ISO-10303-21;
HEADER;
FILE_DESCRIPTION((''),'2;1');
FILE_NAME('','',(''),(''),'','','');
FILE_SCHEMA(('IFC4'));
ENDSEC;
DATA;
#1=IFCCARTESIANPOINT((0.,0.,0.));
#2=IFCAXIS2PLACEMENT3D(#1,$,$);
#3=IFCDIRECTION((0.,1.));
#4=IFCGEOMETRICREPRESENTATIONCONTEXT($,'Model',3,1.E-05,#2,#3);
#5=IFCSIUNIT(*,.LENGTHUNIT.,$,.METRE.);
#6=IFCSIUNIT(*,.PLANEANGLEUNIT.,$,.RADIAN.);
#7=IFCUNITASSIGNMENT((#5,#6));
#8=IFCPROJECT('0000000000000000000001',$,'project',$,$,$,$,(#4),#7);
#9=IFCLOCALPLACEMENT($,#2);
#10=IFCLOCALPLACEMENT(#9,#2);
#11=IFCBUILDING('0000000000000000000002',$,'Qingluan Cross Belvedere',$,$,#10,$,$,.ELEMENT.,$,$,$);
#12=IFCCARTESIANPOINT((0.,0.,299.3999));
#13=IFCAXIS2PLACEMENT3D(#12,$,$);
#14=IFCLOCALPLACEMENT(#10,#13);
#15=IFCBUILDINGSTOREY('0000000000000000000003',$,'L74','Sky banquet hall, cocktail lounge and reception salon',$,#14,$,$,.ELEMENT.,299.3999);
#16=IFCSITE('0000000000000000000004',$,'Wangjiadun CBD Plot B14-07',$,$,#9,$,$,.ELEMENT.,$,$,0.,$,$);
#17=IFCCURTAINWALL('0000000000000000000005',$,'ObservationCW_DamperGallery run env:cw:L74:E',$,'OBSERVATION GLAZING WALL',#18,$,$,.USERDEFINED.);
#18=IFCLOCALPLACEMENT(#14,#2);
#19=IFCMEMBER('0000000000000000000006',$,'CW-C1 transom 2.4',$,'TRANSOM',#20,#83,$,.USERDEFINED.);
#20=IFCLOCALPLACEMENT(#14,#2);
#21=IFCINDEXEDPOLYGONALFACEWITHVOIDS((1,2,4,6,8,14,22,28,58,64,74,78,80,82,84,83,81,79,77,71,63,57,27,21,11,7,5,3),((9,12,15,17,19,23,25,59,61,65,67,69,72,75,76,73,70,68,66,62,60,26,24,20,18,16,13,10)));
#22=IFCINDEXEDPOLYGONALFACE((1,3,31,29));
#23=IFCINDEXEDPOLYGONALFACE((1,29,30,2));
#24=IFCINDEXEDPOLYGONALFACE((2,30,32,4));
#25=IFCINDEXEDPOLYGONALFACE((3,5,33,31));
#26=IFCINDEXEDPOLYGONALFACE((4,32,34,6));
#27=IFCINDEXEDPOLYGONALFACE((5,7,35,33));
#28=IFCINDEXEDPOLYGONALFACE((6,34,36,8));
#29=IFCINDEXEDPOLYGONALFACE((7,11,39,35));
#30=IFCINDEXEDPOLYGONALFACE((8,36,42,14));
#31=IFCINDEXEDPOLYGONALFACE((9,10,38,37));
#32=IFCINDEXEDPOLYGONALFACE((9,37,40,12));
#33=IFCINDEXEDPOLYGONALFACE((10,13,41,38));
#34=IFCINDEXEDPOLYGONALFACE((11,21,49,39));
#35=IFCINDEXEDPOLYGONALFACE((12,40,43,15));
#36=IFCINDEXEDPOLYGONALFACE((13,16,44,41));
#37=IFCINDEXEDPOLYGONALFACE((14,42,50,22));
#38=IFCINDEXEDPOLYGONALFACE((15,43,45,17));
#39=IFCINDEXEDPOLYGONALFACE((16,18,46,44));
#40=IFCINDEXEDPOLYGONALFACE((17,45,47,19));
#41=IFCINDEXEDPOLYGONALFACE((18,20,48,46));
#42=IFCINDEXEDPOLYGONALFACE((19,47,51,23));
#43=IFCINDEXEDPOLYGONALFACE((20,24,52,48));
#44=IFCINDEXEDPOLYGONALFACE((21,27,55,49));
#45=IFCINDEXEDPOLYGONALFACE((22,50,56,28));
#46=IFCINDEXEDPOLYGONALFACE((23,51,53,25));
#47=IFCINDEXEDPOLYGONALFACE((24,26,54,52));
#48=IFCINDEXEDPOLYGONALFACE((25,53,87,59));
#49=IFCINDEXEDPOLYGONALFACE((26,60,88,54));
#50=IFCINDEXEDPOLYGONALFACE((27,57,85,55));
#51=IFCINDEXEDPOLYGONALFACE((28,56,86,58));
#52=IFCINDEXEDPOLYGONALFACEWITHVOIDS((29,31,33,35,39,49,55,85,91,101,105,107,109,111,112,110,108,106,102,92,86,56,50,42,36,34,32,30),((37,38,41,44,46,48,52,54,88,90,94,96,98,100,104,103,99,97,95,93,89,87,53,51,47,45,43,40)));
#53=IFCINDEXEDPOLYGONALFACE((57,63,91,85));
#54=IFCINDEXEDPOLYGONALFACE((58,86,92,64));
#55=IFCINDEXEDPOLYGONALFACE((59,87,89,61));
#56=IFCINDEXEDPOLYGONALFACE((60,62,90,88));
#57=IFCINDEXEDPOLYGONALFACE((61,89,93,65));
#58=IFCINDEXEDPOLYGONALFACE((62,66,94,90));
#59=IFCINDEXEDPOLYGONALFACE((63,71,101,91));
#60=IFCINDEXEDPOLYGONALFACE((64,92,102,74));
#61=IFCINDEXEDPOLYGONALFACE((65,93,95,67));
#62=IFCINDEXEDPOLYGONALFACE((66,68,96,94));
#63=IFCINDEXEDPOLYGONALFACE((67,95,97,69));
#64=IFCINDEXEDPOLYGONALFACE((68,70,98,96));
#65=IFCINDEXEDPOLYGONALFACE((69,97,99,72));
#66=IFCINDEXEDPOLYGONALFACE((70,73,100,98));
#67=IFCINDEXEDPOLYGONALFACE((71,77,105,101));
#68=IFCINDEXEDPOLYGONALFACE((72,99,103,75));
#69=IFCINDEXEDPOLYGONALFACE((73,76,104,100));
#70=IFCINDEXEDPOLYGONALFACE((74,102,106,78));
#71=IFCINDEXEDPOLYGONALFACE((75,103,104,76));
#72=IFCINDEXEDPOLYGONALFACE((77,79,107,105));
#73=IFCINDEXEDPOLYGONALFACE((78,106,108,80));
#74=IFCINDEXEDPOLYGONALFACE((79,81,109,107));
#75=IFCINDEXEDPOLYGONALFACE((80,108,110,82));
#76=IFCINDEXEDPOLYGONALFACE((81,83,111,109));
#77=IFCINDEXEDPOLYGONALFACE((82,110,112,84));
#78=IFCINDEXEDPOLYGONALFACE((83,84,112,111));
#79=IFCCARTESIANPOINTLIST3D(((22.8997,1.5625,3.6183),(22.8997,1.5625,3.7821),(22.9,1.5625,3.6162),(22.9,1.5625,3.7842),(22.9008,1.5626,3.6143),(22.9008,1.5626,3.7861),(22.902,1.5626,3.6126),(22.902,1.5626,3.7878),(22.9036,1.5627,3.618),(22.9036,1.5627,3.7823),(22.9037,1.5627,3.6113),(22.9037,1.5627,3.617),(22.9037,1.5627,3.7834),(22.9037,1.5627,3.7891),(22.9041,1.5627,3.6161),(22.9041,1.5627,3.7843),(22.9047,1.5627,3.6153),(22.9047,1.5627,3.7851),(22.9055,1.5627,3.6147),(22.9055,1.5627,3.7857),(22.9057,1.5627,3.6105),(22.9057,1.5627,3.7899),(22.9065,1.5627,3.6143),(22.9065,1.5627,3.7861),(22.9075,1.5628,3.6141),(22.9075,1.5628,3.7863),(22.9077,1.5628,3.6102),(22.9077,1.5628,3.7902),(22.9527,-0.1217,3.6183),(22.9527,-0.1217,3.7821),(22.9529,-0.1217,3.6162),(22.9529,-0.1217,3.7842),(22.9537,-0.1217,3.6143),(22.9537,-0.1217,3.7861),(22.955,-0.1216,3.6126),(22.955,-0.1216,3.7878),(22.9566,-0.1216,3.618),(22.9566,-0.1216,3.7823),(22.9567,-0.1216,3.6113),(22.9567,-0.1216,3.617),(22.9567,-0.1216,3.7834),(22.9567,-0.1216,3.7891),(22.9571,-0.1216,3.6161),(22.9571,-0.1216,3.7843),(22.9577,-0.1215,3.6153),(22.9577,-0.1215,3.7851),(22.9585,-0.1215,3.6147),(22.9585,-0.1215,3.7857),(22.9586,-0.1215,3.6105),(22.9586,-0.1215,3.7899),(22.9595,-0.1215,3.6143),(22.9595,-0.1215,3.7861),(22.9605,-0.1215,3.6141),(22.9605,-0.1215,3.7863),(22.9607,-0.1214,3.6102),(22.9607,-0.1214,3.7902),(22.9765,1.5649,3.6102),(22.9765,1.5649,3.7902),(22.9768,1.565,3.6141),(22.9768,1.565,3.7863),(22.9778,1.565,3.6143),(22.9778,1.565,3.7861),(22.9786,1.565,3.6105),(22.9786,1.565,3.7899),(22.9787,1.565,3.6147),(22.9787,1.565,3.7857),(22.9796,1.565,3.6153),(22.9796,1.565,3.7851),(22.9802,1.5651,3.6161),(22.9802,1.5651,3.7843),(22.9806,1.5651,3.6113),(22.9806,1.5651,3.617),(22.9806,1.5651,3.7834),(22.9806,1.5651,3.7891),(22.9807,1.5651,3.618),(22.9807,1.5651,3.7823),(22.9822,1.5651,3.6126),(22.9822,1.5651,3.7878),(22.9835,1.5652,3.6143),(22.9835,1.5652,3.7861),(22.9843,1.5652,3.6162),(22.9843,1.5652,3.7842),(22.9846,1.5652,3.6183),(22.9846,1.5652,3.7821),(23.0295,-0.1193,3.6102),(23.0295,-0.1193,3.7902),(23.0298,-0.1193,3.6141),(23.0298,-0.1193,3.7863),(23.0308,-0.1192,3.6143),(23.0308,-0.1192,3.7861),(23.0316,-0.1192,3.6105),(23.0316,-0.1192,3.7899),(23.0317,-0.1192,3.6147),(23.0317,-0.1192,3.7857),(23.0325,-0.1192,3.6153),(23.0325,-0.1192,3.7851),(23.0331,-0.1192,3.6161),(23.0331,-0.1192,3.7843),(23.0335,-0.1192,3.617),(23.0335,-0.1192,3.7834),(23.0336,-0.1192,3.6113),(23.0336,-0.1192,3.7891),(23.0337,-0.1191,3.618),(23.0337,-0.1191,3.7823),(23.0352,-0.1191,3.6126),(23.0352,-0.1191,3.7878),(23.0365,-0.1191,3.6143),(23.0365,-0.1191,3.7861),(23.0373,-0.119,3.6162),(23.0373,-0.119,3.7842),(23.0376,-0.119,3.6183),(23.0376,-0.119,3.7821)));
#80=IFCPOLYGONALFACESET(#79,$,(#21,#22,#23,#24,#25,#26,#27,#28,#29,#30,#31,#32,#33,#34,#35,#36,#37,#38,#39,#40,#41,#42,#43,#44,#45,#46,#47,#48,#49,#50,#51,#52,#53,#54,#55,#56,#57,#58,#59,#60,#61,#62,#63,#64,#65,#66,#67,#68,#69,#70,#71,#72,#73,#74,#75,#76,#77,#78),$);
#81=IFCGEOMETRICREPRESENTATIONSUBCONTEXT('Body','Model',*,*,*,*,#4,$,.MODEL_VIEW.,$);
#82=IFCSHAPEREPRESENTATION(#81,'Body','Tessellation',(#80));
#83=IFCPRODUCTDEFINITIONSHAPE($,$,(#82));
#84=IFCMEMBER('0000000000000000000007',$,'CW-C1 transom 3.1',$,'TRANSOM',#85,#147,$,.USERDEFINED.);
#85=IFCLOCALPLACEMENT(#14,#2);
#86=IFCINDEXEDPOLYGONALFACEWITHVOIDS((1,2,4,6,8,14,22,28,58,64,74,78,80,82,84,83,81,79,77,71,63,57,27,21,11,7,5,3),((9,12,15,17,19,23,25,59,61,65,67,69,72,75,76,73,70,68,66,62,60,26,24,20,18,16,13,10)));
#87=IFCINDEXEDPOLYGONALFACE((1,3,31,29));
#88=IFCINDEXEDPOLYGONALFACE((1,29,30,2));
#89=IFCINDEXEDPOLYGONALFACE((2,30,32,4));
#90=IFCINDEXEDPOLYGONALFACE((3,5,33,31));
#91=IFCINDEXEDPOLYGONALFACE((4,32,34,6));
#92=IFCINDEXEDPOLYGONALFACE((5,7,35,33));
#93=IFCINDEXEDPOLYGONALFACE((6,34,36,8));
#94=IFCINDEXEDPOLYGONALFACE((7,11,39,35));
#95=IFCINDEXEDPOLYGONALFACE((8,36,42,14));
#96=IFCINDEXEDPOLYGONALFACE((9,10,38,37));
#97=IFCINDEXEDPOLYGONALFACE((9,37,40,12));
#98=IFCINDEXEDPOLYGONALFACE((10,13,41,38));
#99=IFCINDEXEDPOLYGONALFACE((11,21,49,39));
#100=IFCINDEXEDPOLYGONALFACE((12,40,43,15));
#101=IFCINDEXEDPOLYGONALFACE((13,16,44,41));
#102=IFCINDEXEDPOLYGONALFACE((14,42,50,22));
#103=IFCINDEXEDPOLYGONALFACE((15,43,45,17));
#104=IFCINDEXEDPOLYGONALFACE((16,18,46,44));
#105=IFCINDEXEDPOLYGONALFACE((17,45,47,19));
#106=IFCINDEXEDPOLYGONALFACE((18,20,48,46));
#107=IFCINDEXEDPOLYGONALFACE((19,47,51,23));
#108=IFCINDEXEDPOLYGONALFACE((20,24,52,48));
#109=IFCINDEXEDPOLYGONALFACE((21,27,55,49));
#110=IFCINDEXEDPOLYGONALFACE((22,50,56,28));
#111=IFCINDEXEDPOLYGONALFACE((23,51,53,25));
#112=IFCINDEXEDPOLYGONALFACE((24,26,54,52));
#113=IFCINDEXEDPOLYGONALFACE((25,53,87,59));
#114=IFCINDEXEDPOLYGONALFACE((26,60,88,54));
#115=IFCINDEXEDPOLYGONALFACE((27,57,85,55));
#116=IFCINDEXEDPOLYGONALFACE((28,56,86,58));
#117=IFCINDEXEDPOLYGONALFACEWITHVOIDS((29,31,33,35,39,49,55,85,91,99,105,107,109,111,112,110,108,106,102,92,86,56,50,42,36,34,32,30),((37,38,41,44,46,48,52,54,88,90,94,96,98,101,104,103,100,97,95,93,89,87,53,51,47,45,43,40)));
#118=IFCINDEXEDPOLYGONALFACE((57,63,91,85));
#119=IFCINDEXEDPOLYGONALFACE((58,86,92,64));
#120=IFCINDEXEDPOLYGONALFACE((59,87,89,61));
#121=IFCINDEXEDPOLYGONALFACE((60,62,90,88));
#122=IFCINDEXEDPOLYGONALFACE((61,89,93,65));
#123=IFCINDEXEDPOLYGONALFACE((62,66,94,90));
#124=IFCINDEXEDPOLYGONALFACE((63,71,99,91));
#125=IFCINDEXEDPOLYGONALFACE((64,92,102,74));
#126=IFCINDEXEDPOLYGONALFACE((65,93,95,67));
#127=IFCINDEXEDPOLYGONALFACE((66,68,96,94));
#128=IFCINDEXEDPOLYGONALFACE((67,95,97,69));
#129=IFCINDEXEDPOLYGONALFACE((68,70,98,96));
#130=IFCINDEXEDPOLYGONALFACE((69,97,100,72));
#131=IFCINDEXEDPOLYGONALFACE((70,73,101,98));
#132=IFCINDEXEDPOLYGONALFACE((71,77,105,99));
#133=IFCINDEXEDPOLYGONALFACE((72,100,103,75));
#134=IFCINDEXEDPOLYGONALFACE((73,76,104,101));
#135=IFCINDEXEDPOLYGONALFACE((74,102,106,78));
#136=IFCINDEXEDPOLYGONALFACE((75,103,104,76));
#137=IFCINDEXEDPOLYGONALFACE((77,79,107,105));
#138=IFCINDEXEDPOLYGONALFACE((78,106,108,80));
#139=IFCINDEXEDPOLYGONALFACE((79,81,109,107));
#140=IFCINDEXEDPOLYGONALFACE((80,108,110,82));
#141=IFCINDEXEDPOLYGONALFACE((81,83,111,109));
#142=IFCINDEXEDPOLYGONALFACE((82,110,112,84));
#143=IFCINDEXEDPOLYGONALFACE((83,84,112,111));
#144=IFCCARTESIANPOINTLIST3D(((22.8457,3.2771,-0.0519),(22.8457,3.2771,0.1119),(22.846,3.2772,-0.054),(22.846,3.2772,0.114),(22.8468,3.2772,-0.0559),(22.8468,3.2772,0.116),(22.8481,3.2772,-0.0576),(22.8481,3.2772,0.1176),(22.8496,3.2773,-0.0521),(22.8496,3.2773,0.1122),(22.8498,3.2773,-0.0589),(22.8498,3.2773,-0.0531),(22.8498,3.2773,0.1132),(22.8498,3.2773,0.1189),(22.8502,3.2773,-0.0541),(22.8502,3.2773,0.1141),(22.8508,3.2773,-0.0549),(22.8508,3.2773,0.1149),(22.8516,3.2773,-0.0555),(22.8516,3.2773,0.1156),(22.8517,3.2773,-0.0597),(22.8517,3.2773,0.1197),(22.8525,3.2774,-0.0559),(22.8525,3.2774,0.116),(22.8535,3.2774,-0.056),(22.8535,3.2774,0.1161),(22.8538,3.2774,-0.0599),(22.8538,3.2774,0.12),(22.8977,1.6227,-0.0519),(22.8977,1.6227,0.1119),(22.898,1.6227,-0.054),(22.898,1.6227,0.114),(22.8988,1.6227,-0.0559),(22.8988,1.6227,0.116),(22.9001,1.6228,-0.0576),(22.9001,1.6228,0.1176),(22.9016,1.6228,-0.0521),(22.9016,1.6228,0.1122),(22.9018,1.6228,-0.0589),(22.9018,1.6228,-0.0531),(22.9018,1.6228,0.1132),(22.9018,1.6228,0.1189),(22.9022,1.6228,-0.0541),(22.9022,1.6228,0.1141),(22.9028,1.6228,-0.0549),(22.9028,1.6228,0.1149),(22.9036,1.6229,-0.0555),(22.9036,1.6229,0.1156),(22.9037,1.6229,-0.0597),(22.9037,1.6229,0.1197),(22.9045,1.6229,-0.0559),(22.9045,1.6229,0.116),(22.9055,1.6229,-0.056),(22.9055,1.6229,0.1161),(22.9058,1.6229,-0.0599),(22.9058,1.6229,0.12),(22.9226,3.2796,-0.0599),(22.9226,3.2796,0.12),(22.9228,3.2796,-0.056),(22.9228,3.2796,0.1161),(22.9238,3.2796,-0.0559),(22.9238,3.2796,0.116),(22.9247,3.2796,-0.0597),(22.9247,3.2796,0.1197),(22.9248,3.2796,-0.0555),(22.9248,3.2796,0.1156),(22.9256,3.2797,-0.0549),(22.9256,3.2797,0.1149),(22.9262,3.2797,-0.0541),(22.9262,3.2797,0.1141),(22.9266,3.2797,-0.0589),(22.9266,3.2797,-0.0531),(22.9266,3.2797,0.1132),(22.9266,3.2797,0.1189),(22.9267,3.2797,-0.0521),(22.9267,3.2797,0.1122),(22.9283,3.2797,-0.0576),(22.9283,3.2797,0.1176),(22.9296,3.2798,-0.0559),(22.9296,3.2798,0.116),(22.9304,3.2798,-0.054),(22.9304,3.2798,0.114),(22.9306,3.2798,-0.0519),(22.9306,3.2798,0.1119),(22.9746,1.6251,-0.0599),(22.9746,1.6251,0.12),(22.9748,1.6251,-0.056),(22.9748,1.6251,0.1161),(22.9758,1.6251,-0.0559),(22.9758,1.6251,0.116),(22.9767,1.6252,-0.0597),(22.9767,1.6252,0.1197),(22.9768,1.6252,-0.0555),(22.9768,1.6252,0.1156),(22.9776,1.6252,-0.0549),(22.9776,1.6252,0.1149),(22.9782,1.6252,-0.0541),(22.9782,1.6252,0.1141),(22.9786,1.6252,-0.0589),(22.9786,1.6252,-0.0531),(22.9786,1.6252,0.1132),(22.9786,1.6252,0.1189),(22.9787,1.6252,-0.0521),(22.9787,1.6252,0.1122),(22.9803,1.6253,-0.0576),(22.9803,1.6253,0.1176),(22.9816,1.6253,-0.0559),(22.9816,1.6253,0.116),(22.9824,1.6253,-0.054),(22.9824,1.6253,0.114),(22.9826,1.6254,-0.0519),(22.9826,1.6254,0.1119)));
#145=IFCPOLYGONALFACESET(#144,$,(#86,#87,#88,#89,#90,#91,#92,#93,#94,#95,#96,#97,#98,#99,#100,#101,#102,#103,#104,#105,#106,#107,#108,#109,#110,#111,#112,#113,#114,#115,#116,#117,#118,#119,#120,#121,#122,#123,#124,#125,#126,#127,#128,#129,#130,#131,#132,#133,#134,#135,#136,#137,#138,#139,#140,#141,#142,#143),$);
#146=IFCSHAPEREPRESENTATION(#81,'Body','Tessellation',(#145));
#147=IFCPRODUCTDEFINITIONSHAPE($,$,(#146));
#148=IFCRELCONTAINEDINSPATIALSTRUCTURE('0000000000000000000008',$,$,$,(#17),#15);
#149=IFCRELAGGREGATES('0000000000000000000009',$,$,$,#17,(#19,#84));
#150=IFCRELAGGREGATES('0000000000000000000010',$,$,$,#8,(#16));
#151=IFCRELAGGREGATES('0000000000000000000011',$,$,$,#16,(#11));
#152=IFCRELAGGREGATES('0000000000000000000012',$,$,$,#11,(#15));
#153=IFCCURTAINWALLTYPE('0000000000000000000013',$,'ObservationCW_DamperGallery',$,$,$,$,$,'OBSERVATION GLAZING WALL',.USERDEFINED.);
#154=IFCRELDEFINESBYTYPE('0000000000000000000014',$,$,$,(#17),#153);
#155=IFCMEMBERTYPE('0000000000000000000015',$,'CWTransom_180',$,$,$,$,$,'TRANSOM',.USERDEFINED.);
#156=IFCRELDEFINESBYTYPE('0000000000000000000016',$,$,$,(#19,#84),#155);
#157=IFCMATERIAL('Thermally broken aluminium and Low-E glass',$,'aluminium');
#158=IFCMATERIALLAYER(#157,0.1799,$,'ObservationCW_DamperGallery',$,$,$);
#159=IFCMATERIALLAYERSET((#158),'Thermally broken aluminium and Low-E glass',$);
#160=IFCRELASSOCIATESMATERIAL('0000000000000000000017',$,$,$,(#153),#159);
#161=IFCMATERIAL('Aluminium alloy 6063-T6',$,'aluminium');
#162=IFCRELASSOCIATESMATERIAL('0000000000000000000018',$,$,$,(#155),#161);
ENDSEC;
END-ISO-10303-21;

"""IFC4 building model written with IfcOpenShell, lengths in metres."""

from ifc_helpers import new_model, si_unit, direction, frame, origin, origin_2d, place, context, subcontext, project, spatial, hollow_rectangle, extrude, material, layer, layer_set, material_profile, profile_set, type_object, element, aggregate, save


model = new_model("IFC4")

# Units and contexts
model_context = context("Model", 3, precision=1e-05, world=origin(), true_north=direction((0.0, 1.0)))
body_context = subcontext(model_context, "Body", "Model", "MODEL_VIEW")
ifc_project = project(units=[si_unit("LENGTHUNIT", "METRE"), si_unit("PLANEANGLEUNIT", "RADIAN")], contexts=[model_context])

# Site, building, storey
site_placement = place(None, origin())
site = spatial("IfcSite", under=ifc_project, at=site_placement, Name="Wangjiadun CBD Plot B14-07", CompositionType="ELEMENT", RefElevation=0.0)
building_placement = place(site_placement, origin())
building = spatial("IfcBuilding", under=site, at=building_placement, Name="Qingluan Cross Belvedere", CompositionType="ELEMENT")
storey_placement = place(building_placement, frame((0.0, 0.0, 299.3999)))
storey = spatial("IfcBuildingStorey", under=building, at=storey_placement, Name="L74", Description="Sky banquet hall, cocktail lounge and reception salon", CompositionType="ELEMENT", Elevation=299.3999)

# Curtain wall, members
ifc_material_1 = material(Name="Thermally broken aluminium and Low-E glass", Category="aluminium")
ifc_layer_1 = layer(ifc_material_1, 0.1799, Name="ObservationCW_DamperGallery")
ifc_layer_set_1 = layer_set([ifc_layer_1], Name="Thermally broken aluminium and Low-E glass")
curtain_wall_type = type_object("IfcCurtainWallType", Name="ObservationCW_DamperGallery", ElementType="OBSERVATION GLAZING WALL", PredefinedType="USERDEFINED", material=ifc_layer_set_1)
curtain_wall_placement = place(storey_placement, origin())
curtain_wall = element("IfcCurtainWall", 1, at=curtain_wall_placement, inside=storey, type_object=curtain_wall_type, Name="ObservationCW_DamperGallery run env:cw:L74:E", ObjectType="OBSERVATION GLAZING WALL", PredefinedType="USERDEFINED")
ifc_material_2 = material(Name="Aluminium alloy 6063-T6", Category="aluminium")
ifc_material_profile_1 = material_profile(ifc_material_2, hollow_rectangle(XDim=0.085, YDim=0.1799, WallThickness=0.0039, InnerFilletRadius=0.0039, OuterFilletRadius=0.0081, at=origin_2d()), Name="CWT180x85x4")
ifc_profile_set_1 = profile_set([ifc_material_profile_1], Name="Aluminium alloy 6063-T6")
member_type_1 = type_object("IfcMemberType", Name="CWTransom_180", ElementType="TRANSOM", PredefinedType="USERDEFINED", material=ifc_profile_set_1)
member_1_placement = place(storey_placement, frame((22.9951, -0.1204, 3.7002), z_axis=(-0.031438, 0.999506, 0.0), x_axis=(-0.999506, -0.031438, 0.0)))
member_1 = element("IfcMember", 2, at=member_1_placement, type_object=member_type_1, Name="CW-C1 transom 2.4", ObjectType="TRANSOM", PredefinedType="USERDEFINED", context=body_context, shape_type="SweptSolid", body=[
    extrude(hollow_rectangle(XDim=0.085, YDim=0.1799, WallThickness=0.0039, InnerFilletRadius=0.0039, OuterFilletRadius=0.0081, at=origin_2d()), origin(), (0.0, 0.0, 1.0), 1.6851),
])
member_2_placement = place(storey_placement, frame((22.9402, 1.624, 0.03), z_axis=(-0.031414, 0.999506, 0.0), x_axis=(-0.999506, -0.031414, 0.0)))
member_2 = element("IfcMember", 3, at=member_2_placement, type_object=member_type_1, Name="CW-C1 transom 3.1", ObjectType="TRANSOM", PredefinedType="USERDEFINED", context=body_context, shape_type="SweptSolid", body=[
    extrude(hollow_rectangle(XDim=0.085, YDim=0.1799, WallThickness=0.0039, InnerFilletRadius=0.0039, OuterFilletRadius=0.0081, at=origin_2d()), origin(), (0.0, 0.0, 1.0), 1.6553),
])
aggregate(curtain_wall, [member_1, member_2])

save(model, "model.ifc")
